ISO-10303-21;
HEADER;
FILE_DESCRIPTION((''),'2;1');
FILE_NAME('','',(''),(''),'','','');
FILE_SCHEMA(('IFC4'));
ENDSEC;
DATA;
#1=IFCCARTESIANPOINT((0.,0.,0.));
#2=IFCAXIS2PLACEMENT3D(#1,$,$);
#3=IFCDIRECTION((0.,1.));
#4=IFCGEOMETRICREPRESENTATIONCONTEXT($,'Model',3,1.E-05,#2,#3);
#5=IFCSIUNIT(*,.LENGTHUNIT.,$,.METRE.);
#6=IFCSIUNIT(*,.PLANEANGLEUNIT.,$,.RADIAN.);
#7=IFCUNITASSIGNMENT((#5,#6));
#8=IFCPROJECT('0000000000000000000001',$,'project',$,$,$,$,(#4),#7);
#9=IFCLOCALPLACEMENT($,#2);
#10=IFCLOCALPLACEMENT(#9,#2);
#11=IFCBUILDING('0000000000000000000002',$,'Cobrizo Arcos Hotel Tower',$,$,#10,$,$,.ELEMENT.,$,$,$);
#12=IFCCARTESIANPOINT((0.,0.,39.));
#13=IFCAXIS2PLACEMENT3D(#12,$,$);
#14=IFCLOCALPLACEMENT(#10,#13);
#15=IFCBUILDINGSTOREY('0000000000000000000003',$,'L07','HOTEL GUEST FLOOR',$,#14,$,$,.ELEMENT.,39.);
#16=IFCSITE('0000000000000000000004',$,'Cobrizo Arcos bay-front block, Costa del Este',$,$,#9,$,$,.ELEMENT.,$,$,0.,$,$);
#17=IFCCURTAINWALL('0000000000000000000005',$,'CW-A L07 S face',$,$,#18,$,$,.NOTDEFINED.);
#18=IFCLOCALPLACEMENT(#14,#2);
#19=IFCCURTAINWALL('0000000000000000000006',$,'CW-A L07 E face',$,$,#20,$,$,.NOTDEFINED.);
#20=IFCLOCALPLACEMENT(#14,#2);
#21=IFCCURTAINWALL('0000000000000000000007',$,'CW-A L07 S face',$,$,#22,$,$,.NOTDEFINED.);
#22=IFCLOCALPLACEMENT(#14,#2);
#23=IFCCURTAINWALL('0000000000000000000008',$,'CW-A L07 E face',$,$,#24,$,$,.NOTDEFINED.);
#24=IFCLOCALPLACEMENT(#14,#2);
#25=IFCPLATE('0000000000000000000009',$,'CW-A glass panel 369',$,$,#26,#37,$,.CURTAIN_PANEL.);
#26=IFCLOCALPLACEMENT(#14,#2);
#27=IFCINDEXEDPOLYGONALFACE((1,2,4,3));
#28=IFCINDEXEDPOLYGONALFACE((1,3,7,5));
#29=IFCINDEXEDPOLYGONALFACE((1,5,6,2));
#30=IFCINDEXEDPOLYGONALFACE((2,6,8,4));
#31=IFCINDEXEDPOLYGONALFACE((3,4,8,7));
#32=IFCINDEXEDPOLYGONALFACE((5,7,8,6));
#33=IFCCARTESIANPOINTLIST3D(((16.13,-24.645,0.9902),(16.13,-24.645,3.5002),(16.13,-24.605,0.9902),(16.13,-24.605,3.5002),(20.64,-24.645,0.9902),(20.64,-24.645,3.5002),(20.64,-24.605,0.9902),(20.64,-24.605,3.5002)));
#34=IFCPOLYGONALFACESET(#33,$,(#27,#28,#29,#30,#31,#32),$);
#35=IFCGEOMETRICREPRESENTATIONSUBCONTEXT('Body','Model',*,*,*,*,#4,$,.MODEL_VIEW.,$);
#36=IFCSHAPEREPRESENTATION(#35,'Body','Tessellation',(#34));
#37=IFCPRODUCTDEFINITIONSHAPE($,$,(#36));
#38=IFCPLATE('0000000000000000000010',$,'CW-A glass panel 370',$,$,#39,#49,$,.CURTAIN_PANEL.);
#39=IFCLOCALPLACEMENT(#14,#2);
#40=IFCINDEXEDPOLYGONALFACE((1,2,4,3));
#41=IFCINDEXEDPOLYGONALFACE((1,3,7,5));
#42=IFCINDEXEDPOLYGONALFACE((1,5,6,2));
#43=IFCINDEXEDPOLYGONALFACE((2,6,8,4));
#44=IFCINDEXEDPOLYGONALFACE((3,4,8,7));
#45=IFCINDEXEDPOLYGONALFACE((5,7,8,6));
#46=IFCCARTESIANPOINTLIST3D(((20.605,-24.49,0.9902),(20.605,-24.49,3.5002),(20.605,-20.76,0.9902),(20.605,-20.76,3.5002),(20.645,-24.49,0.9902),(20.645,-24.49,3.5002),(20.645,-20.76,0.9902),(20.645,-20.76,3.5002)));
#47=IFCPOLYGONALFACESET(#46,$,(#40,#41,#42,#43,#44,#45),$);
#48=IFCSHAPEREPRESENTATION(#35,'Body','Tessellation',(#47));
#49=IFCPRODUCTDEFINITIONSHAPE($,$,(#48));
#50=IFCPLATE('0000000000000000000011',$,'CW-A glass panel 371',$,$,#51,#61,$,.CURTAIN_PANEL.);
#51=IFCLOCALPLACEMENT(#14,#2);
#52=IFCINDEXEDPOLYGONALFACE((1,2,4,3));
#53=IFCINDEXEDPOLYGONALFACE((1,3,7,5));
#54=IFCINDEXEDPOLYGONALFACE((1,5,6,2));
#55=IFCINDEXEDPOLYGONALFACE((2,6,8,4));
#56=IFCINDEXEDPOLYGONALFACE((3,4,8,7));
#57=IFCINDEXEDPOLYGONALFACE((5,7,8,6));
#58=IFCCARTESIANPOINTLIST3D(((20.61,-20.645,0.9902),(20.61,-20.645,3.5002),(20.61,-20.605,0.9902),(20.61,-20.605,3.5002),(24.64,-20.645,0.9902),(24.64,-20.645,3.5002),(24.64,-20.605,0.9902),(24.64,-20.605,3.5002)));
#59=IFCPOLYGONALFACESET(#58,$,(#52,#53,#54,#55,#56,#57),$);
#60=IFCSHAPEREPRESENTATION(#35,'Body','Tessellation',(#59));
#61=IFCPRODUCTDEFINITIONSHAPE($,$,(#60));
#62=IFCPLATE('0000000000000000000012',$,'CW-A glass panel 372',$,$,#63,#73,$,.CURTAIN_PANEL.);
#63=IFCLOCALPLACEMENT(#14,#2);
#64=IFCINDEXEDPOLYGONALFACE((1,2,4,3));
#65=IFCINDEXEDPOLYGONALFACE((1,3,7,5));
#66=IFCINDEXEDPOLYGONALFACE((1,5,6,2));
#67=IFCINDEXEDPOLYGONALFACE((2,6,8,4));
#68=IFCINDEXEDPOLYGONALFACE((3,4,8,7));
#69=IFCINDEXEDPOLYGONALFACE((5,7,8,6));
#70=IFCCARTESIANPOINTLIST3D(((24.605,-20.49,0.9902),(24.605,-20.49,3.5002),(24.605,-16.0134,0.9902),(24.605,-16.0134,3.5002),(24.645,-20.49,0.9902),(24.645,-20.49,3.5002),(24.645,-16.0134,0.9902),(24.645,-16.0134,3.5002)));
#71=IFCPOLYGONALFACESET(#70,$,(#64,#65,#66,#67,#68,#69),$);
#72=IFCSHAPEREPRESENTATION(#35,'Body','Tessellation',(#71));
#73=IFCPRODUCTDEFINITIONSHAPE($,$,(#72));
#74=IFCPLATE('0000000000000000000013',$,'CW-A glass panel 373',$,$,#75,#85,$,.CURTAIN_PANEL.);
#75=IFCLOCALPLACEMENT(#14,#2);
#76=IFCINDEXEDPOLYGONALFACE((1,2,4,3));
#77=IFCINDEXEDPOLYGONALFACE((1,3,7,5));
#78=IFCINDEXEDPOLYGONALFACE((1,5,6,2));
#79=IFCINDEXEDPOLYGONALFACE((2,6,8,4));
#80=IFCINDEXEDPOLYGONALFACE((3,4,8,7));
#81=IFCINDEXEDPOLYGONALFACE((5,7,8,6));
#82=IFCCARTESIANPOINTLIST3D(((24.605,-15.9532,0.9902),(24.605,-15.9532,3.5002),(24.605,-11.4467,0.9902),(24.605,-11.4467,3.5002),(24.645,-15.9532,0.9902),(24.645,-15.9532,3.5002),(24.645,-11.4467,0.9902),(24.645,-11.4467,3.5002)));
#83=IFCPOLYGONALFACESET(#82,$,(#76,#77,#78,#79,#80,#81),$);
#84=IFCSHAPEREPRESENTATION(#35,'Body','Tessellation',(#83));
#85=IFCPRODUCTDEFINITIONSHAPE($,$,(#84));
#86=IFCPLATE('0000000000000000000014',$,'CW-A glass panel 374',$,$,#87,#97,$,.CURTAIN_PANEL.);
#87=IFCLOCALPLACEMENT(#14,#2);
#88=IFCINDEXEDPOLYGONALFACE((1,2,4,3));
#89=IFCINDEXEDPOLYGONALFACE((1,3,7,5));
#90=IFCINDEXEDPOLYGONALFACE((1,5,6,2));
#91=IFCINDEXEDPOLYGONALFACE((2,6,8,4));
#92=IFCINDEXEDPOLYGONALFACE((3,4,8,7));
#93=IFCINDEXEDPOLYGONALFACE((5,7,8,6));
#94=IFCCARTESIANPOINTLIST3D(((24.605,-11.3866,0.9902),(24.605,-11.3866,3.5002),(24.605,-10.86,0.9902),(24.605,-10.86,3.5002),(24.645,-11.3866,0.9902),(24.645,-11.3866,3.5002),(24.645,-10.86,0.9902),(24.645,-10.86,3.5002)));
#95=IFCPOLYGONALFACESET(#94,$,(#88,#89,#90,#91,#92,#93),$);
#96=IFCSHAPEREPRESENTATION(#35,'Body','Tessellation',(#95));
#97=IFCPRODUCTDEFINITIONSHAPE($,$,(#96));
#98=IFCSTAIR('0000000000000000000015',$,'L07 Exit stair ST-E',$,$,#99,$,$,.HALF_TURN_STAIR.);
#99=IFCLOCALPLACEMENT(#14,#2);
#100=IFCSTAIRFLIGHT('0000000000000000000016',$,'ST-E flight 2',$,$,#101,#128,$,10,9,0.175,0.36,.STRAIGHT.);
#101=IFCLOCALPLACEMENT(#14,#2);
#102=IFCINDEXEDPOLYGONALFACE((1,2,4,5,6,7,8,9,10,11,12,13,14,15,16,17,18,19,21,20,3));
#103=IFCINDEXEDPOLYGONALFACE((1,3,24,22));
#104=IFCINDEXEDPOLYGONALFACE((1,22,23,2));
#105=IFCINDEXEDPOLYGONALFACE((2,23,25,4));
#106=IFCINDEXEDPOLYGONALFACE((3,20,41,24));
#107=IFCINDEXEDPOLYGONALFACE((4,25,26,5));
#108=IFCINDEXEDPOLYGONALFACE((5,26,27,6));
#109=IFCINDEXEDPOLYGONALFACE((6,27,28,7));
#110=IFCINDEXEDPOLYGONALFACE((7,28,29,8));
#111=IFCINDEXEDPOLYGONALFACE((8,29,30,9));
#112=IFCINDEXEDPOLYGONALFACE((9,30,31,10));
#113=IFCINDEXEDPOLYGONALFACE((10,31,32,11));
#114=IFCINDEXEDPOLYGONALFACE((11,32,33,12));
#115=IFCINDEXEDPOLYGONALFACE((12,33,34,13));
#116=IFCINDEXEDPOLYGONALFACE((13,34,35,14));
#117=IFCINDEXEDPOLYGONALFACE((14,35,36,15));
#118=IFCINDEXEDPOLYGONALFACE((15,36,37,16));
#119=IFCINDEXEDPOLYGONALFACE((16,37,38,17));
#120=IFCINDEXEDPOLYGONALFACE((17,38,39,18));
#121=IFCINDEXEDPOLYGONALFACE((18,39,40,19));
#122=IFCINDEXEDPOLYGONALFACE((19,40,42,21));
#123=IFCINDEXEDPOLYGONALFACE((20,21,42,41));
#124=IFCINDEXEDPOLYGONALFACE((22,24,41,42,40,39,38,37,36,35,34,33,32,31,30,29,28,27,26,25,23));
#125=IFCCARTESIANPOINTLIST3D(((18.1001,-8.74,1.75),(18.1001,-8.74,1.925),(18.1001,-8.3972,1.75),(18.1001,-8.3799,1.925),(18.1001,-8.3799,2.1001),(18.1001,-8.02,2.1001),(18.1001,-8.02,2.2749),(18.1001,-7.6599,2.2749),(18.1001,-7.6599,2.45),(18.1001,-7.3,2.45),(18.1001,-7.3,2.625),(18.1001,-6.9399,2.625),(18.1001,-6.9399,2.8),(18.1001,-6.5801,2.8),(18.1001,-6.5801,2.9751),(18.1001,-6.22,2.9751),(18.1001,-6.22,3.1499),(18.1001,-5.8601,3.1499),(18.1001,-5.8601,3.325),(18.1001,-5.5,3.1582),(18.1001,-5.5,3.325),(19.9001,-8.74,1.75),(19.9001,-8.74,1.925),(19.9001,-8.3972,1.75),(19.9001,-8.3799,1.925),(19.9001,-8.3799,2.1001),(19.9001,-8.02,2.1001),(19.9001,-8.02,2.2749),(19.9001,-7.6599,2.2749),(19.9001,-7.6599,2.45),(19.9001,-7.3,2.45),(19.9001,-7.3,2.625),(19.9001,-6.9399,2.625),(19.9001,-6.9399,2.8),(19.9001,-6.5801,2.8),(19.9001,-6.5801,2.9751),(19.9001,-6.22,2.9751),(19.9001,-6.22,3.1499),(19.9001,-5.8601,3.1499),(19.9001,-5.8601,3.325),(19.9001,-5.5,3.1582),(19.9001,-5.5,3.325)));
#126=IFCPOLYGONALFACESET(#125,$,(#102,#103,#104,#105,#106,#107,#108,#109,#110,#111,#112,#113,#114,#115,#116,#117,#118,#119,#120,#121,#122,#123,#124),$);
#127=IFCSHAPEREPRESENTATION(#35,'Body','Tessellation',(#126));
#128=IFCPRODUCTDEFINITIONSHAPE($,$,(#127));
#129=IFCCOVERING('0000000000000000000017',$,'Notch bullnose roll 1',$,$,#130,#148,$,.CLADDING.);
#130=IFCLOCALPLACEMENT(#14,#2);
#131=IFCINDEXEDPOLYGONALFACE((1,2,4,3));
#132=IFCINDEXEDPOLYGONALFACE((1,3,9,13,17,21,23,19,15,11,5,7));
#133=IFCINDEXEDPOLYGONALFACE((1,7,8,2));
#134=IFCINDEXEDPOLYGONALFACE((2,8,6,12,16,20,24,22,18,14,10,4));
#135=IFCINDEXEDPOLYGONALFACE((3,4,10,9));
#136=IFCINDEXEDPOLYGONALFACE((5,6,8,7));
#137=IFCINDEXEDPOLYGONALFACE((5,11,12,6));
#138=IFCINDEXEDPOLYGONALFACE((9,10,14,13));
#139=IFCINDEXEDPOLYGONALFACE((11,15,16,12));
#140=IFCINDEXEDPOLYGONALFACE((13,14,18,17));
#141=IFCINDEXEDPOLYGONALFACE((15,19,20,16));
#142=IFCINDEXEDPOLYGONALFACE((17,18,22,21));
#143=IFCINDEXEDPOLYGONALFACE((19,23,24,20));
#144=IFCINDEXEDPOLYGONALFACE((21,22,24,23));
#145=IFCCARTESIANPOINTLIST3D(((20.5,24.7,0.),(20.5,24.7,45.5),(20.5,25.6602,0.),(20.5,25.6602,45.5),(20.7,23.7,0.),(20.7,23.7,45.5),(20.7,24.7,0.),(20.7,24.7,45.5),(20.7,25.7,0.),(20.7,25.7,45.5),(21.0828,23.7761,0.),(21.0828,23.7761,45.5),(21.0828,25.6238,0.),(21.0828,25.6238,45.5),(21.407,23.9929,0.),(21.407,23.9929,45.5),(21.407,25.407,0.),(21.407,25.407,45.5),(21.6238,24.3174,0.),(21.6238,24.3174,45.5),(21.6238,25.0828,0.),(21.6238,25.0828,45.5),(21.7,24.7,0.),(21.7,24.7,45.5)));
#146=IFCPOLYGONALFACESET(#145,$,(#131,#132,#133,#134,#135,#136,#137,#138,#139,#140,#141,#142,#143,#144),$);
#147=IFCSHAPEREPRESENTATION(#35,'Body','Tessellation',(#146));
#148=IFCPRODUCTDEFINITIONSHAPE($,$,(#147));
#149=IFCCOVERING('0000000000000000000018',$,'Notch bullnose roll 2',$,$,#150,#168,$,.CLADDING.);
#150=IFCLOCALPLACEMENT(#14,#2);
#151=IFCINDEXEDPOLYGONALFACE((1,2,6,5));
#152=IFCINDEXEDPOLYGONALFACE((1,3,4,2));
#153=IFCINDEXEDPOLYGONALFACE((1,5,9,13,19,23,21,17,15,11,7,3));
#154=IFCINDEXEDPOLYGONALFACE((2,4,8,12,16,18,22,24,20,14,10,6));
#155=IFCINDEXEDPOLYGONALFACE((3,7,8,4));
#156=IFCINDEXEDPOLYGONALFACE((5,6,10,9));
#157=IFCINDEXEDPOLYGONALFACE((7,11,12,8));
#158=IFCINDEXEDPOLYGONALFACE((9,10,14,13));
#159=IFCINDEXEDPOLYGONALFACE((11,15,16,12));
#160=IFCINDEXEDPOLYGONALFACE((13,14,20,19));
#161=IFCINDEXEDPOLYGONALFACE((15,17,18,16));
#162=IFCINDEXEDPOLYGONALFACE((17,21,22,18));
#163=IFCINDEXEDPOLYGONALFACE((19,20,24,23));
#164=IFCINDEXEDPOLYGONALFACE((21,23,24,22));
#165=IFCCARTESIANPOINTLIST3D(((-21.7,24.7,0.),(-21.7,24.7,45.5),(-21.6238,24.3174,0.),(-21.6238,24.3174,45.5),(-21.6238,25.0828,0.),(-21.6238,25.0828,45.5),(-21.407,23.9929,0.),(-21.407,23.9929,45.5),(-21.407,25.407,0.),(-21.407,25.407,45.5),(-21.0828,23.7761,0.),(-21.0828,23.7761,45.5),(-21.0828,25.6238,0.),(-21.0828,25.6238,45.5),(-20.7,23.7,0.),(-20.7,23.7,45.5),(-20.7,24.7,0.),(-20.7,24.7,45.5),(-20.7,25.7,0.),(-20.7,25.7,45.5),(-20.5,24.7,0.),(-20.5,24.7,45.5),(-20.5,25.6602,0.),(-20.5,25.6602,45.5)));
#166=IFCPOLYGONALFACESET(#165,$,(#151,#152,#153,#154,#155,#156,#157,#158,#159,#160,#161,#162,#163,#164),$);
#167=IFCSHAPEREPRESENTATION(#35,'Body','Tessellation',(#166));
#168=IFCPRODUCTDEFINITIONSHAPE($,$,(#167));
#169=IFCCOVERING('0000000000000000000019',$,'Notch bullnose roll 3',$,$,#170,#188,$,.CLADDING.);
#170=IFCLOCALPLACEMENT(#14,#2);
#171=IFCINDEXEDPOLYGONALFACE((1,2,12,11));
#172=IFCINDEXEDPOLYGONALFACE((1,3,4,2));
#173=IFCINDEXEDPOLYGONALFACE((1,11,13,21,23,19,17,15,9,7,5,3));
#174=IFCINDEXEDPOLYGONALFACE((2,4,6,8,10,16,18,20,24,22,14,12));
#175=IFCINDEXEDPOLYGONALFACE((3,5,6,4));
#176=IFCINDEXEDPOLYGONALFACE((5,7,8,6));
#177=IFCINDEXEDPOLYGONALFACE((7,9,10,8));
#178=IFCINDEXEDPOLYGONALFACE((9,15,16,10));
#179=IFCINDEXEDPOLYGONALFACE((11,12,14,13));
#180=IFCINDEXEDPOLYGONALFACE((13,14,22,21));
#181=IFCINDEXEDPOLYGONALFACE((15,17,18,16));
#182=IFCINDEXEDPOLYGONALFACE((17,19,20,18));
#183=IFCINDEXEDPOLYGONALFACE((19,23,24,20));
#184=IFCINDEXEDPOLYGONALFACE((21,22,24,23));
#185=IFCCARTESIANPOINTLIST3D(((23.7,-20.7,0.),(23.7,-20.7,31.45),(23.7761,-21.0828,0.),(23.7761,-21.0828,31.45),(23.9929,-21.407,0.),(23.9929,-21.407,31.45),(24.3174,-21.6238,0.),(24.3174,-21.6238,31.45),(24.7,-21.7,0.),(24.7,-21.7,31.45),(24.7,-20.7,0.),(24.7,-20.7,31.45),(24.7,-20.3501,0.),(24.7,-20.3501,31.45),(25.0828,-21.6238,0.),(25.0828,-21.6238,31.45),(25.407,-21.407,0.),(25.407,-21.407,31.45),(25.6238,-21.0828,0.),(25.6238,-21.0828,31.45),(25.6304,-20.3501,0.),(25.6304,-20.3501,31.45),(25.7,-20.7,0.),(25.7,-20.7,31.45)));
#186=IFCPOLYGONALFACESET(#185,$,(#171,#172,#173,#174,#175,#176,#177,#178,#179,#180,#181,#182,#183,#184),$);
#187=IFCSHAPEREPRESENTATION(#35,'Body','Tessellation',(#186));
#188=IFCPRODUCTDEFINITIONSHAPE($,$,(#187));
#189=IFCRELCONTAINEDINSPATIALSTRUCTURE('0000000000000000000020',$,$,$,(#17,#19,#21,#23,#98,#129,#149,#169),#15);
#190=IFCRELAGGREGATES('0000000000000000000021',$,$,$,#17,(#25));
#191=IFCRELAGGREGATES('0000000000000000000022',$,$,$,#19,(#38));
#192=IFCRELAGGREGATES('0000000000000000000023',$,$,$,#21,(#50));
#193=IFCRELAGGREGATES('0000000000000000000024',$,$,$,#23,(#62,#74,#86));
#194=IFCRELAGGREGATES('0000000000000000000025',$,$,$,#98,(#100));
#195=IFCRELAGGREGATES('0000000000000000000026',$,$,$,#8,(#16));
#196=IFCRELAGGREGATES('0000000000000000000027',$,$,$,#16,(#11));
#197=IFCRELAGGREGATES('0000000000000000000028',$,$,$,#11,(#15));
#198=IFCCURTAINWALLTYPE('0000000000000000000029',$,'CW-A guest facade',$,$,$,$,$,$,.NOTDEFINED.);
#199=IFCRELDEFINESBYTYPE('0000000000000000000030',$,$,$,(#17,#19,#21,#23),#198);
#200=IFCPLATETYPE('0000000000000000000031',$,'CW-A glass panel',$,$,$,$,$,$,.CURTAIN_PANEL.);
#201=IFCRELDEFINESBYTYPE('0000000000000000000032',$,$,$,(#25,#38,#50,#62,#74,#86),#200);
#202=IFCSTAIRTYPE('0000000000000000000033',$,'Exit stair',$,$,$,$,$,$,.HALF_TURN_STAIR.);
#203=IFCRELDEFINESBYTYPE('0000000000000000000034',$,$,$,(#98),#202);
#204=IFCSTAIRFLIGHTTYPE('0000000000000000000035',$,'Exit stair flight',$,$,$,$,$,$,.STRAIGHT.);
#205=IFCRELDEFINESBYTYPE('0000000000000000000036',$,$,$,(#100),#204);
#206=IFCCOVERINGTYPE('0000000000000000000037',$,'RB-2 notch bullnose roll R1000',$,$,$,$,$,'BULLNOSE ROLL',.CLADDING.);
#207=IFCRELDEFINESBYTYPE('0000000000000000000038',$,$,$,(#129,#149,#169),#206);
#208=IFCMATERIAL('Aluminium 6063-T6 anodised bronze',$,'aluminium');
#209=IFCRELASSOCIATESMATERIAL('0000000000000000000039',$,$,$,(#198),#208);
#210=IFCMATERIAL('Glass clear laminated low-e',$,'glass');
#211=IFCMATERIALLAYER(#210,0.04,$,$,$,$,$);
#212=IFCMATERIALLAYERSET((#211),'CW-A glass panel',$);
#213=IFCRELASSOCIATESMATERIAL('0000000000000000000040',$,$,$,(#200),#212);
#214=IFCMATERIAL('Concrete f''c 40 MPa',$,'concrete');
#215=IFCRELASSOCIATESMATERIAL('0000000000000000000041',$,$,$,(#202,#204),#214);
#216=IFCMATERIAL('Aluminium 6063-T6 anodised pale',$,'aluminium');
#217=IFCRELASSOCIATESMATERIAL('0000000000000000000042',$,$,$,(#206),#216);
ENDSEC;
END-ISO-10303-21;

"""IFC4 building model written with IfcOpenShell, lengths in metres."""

from ifc_helpers import new_model, si_unit, direction, frame, origin, origin_2d, place, context, subcontext, project, spatial, polyline, rectangle, outline, extrude, material, layer, layer_set, type_object, element, aggregate, save


model = new_model("IFC4")

# Units and contexts
model_context = context("Model", 3, precision=1e-05, world=origin(), true_north=direction((0.0, 1.0)))
body_context = subcontext(model_context, "Body", "Model", "MODEL_VIEW")
ifc_project = project(units=[si_unit("LENGTHUNIT", "METRE"), si_unit("PLANEANGLEUNIT", "RADIAN")], contexts=[model_context])

# Site, building, storey
site_placement = place(None, origin())
site = spatial("IfcSite", under=ifc_project, at=site_placement, Name="Cobrizo Arcos bay-front block, Costa del Este", CompositionType="ELEMENT", RefElevation=0.0)
building_placement = place(site_placement, origin())
building = spatial("IfcBuilding", under=site, at=building_placement, Name="Cobrizo Arcos Hotel Tower", CompositionType="ELEMENT")
storey_placement = place(building_placement, frame((0.0, 0.0, 39.0)))
storey = spatial("IfcBuildingStorey", under=building, at=storey_placement, Name="L07", Description="HOTEL GUEST FLOOR", CompositionType="ELEMENT", Elevation=39.0)

# Curtain wall
ifc_material_1 = material(Name="Aluminium 6063-T6 anodised bronze", Category="aluminium")
curtain_wall_type = type_object("IfcCurtainWallType", Name="CW-A guest facade", PredefinedType="NOTDEFINED", material=ifc_material_1)
curtain_wall_1_placement = place(storey_placement, origin())
curtain_wall_1 = element("IfcCurtainWall", 1, at=curtain_wall_1_placement, inside=storey, type_object=curtain_wall_type, Name="CW-A L07 S face", PredefinedType="NOTDEFINED")

# Curtain walls
curtain_wall_2_placement = place(storey_placement, origin())
curtain_wall_2 = element("IfcCurtainWall", 2, at=curtain_wall_2_placement, inside=storey, type_object=curtain_wall_type, Name="CW-A L07 E face", PredefinedType="NOTDEFINED")
curtain_wall_3_placement = place(storey_placement, origin())
curtain_wall_3 = element("IfcCurtainWall", 3, at=curtain_wall_3_placement, inside=storey, type_object=curtain_wall_type, Name="CW-A L07 S face", PredefinedType="NOTDEFINED")

# Curtain wall
curtain_wall_4_placement = place(storey_placement, origin())
curtain_wall_4 = element("IfcCurtainWall", 4, at=curtain_wall_4_placement, inside=storey, type_object=curtain_wall_type, Name="CW-A L07 E face", PredefinedType="NOTDEFINED")

# Plates
ifc_material_2 = material(Name="Glass clear laminated low-e", Category="glass")
ifc_layer = layer(ifc_material_2, 0.04)
ifc_layer_set = layer_set([ifc_layer], Name="CW-A glass panel")
plate_type = type_object("IfcPlateType", Name="CW-A glass panel", PredefinedType="CURTAIN_PANEL", material=ifc_layer_set)
plate_1_placement = place(storey_placement, frame((18.385, -24.625, 0.9902), z_axis=(0.0, 0.0, 1.0), x_axis=(1.0, 0.0, 0.0)))
plate_1 = element("IfcPlate", 5, at=plate_1_placement, type_object=plate_type, Name="CW-A glass panel 369", PredefinedType="CURTAIN_PANEL", context=body_context, shape_type="SweptSolid", body=[
    extrude(rectangle(XDim=4.51, YDim=0.04, at=origin_2d()), origin(), (0.0, 0.0, 1.0), 2.51),
])
aggregate(curtain_wall_1, [plate_1])
plate_2_placement = place(storey_placement, frame((20.625, -22.625, 0.9902), z_axis=(0.0, 0.0, 1.0), x_axis=(0.0, 1.0, 0.0)))
plate_2 = element("IfcPlate", 6, at=plate_2_placement, type_object=plate_type, Name="CW-A glass panel 370", PredefinedType="CURTAIN_PANEL", context=body_context, shape_type="SweptSolid", body=[
    extrude(rectangle(XDim=3.73, YDim=0.04, at=origin_2d()), origin(), (0.0, 0.0, 1.0), 2.51),
])
aggregate(curtain_wall_2, [plate_2])
plate_3_placement = place(storey_placement, frame((22.625, -20.625, 0.9902), z_axis=(0.0, 0.0, 1.0), x_axis=(1.0, 0.0, 0.0)))
plate_3 = element("IfcPlate", 7, at=plate_3_placement, type_object=plate_type, Name="CW-A glass panel 371", PredefinedType="CURTAIN_PANEL", context=body_context, shape_type="SweptSolid", body=[
    extrude(rectangle(XDim=4.03, YDim=0.04, at=origin_2d()), origin(), (0.0, 0.0, 1.0), 2.51),
])
aggregate(curtain_wall_3, [plate_3])
plate_4_placement = place(storey_placement, frame((24.625, -18.2517, 0.9902), z_axis=(0.0, 0.0, 1.0), x_axis=(0.0, 1.0, 0.0)))
plate_4 = element("IfcPlate", 8, at=plate_4_placement, type_object=plate_type, Name="CW-A glass panel 372", PredefinedType="CURTAIN_PANEL", context=body_context, shape_type="SweptSolid", body=[
    extrude(rectangle(XDim=4.4766, YDim=0.04, at=origin_2d()), origin(), (0.0, 0.0, 1.0), 2.51),
])
plate_5_placement = place(storey_placement, frame((24.625, -13.7, 0.9902), z_axis=(0.0, 0.0, 1.0), x_axis=(0.0, 1.0, 0.0)))
plate_5 = element("IfcPlate", 9, at=plate_5_placement, type_object=plate_type, Name="CW-A glass panel 373", PredefinedType="CURTAIN_PANEL", context=body_context, shape_type="SweptSolid", body=[
    extrude(rectangle(XDim=4.5066, YDim=0.04, at=origin_2d()), origin(), (0.0, 0.0, 1.0), 2.51),
])
plate_6_placement = place(storey_placement, frame((24.625, -11.1233, 0.9902), z_axis=(0.0, 0.0, 1.0), x_axis=(0.0, 1.0, 0.0)))
plate_6 = element("IfcPlate", 10, at=plate_6_placement, type_object=plate_type, Name="CW-A glass panel 374", PredefinedType="CURTAIN_PANEL", context=body_context, shape_type="SweptSolid", body=[
    extrude(rectangle(XDim=0.5266, YDim=0.04, at=origin_2d()), origin(), (0.0, 0.0, 1.0), 2.51),
])
aggregate(curtain_wall_4, [plate_4, plate_5, plate_6])

# Stair, stair flight
ifc_material_3 = material(Name="Concrete f'c 40 MPa", Category="concrete")
stair_type = type_object("IfcStairType", Name="Exit stair", PredefinedType="HALF_TURN_STAIR", material=ifc_material_3)
stair_placement = place(storey_placement, origin())
stair = element("IfcStair", 11, at=stair_placement, inside=storey, type_object=stair_type, Name="L07 Exit stair ST-E", PredefinedType="HALF_TURN_STAIR")
stair_flight_type = type_object("IfcStairFlightType", Name="Exit stair flight", PredefinedType="STRAIGHT", material=ifc_material_3)
stair_flight_placement = place(storey_placement, frame((19.0, -8.74, 1.75), z_axis=(0.0, 0.0, 1.0), x_axis=(0.0, 1.0, 0.0)))
stair_flight = element("IfcStairFlight", 12, at=stair_flight_placement, type_object=stair_flight_type, Name="ST-E flight 2", NumberOfRisers=10, NumberOfTreads=9, PredefinedType="STRAIGHT", RiserHeight=0.175, TreadLength=0.36, context=body_context, shape_type="SweptSolid", body=[
    extrude(outline(polyline([(0.0, 0.0), (0.0, 0.175), (0.3601, 0.175), (0.3601, 0.3501), (0.72, 0.3501), (0.72, 0.5249), (1.0801, 0.5249), (1.0801, 0.7), (1.4399, 0.7), (1.4399, 0.875), (1.8, 0.875), (1.8, 1.05), (2.1599, 1.05), (2.1599, 1.2251), (2.52, 1.2251), (2.52, 1.3999), (2.8799, 1.3999), (2.8799, 1.575), (3.24, 1.575), (3.24, 1.75), (3.24, 1.4082), (0.3428, 0.0), (0.0, 0.0)])), frame((0.0, 0.8999, 0.0), z_axis=(0.0, -1.0, 0.0), x_axis=(1.0, 0.0, 0.0)), (0.0, 0.0, 1.0), 1.8),
])
aggregate(stair, [stair_flight])

# Coverings
ifc_material_4 = material(Name="Aluminium 6063-T6 anodised pale", Category="aluminium")
covering_type = type_object("IfcCoveringType", Name="RB-2 notch bullnose roll R1000", ElementType="BULLNOSE ROLL", PredefinedType="CLADDING", material=ifc_material_4)
covering_1_placement = place(storey_placement, origin())
element("IfcCovering", 13, at=covering_1_placement, inside=storey, type_object=covering_type, Name="Notch bullnose roll 1", PredefinedType="CLADDING", context=body_context, shape_type="SweptSolid", body=[
    extrude(outline(polyline([(21.407, 23.9929), (21.6238, 24.3174), (21.7, 24.7), (21.6238, 25.0828), (21.407, 25.407), (21.0828, 25.6238), (20.7, 25.7), (20.5, 25.6602), (20.5, 24.7), (20.7, 24.7), (20.7, 23.7), (21.0828, 23.7761), (21.407, 23.9929)])), origin(), (0.0, 0.0, 1.0), 45.5),
])
covering_2_placement = place(storey_placement, origin())
element("IfcCovering", 14, at=covering_2_placement, inside=storey, type_object=covering_type, Name="Notch bullnose roll 2", PredefinedType="CLADDING", context=body_context, shape_type="SweptSolid", body=[
    extrude(outline(polyline([(-21.407, 23.9929), (-21.0828, 23.7761), (-20.7, 23.7), (-20.7, 24.7), (-20.5, 24.7), (-20.5, 25.6602), (-20.7, 25.7), (-21.0828, 25.6238), (-21.407, 25.407), (-21.6238, 25.0828), (-21.7, 24.7), (-21.6238, 24.3174), (-21.407, 23.9929)])), origin(), (0.0, 0.0, 1.0), 45.5),
])
covering_3_placement = place(storey_placement, origin())
element("IfcCovering", 15, at=covering_3_placement, inside=storey, type_object=covering_type, Name="Notch bullnose roll 3", PredefinedType="CLADDING", context=body_context, shape_type="SweptSolid", body=[
    extrude(outline(polyline([(23.9929, -21.407), (24.3174, -21.6238), (24.7, -21.7), (25.0828, -21.6238), (25.407, -21.407), (25.6238, -21.0828), (25.7, -20.7), (25.6304, -20.3501), (24.7, -20.3501), (24.7, -20.7), (23.7, -20.7), (23.7761, -21.0828), (23.9929, -21.407)])), origin(), (0.0, 0.0, 1.0), 31.45),
])

save(model, "model.ifc")
